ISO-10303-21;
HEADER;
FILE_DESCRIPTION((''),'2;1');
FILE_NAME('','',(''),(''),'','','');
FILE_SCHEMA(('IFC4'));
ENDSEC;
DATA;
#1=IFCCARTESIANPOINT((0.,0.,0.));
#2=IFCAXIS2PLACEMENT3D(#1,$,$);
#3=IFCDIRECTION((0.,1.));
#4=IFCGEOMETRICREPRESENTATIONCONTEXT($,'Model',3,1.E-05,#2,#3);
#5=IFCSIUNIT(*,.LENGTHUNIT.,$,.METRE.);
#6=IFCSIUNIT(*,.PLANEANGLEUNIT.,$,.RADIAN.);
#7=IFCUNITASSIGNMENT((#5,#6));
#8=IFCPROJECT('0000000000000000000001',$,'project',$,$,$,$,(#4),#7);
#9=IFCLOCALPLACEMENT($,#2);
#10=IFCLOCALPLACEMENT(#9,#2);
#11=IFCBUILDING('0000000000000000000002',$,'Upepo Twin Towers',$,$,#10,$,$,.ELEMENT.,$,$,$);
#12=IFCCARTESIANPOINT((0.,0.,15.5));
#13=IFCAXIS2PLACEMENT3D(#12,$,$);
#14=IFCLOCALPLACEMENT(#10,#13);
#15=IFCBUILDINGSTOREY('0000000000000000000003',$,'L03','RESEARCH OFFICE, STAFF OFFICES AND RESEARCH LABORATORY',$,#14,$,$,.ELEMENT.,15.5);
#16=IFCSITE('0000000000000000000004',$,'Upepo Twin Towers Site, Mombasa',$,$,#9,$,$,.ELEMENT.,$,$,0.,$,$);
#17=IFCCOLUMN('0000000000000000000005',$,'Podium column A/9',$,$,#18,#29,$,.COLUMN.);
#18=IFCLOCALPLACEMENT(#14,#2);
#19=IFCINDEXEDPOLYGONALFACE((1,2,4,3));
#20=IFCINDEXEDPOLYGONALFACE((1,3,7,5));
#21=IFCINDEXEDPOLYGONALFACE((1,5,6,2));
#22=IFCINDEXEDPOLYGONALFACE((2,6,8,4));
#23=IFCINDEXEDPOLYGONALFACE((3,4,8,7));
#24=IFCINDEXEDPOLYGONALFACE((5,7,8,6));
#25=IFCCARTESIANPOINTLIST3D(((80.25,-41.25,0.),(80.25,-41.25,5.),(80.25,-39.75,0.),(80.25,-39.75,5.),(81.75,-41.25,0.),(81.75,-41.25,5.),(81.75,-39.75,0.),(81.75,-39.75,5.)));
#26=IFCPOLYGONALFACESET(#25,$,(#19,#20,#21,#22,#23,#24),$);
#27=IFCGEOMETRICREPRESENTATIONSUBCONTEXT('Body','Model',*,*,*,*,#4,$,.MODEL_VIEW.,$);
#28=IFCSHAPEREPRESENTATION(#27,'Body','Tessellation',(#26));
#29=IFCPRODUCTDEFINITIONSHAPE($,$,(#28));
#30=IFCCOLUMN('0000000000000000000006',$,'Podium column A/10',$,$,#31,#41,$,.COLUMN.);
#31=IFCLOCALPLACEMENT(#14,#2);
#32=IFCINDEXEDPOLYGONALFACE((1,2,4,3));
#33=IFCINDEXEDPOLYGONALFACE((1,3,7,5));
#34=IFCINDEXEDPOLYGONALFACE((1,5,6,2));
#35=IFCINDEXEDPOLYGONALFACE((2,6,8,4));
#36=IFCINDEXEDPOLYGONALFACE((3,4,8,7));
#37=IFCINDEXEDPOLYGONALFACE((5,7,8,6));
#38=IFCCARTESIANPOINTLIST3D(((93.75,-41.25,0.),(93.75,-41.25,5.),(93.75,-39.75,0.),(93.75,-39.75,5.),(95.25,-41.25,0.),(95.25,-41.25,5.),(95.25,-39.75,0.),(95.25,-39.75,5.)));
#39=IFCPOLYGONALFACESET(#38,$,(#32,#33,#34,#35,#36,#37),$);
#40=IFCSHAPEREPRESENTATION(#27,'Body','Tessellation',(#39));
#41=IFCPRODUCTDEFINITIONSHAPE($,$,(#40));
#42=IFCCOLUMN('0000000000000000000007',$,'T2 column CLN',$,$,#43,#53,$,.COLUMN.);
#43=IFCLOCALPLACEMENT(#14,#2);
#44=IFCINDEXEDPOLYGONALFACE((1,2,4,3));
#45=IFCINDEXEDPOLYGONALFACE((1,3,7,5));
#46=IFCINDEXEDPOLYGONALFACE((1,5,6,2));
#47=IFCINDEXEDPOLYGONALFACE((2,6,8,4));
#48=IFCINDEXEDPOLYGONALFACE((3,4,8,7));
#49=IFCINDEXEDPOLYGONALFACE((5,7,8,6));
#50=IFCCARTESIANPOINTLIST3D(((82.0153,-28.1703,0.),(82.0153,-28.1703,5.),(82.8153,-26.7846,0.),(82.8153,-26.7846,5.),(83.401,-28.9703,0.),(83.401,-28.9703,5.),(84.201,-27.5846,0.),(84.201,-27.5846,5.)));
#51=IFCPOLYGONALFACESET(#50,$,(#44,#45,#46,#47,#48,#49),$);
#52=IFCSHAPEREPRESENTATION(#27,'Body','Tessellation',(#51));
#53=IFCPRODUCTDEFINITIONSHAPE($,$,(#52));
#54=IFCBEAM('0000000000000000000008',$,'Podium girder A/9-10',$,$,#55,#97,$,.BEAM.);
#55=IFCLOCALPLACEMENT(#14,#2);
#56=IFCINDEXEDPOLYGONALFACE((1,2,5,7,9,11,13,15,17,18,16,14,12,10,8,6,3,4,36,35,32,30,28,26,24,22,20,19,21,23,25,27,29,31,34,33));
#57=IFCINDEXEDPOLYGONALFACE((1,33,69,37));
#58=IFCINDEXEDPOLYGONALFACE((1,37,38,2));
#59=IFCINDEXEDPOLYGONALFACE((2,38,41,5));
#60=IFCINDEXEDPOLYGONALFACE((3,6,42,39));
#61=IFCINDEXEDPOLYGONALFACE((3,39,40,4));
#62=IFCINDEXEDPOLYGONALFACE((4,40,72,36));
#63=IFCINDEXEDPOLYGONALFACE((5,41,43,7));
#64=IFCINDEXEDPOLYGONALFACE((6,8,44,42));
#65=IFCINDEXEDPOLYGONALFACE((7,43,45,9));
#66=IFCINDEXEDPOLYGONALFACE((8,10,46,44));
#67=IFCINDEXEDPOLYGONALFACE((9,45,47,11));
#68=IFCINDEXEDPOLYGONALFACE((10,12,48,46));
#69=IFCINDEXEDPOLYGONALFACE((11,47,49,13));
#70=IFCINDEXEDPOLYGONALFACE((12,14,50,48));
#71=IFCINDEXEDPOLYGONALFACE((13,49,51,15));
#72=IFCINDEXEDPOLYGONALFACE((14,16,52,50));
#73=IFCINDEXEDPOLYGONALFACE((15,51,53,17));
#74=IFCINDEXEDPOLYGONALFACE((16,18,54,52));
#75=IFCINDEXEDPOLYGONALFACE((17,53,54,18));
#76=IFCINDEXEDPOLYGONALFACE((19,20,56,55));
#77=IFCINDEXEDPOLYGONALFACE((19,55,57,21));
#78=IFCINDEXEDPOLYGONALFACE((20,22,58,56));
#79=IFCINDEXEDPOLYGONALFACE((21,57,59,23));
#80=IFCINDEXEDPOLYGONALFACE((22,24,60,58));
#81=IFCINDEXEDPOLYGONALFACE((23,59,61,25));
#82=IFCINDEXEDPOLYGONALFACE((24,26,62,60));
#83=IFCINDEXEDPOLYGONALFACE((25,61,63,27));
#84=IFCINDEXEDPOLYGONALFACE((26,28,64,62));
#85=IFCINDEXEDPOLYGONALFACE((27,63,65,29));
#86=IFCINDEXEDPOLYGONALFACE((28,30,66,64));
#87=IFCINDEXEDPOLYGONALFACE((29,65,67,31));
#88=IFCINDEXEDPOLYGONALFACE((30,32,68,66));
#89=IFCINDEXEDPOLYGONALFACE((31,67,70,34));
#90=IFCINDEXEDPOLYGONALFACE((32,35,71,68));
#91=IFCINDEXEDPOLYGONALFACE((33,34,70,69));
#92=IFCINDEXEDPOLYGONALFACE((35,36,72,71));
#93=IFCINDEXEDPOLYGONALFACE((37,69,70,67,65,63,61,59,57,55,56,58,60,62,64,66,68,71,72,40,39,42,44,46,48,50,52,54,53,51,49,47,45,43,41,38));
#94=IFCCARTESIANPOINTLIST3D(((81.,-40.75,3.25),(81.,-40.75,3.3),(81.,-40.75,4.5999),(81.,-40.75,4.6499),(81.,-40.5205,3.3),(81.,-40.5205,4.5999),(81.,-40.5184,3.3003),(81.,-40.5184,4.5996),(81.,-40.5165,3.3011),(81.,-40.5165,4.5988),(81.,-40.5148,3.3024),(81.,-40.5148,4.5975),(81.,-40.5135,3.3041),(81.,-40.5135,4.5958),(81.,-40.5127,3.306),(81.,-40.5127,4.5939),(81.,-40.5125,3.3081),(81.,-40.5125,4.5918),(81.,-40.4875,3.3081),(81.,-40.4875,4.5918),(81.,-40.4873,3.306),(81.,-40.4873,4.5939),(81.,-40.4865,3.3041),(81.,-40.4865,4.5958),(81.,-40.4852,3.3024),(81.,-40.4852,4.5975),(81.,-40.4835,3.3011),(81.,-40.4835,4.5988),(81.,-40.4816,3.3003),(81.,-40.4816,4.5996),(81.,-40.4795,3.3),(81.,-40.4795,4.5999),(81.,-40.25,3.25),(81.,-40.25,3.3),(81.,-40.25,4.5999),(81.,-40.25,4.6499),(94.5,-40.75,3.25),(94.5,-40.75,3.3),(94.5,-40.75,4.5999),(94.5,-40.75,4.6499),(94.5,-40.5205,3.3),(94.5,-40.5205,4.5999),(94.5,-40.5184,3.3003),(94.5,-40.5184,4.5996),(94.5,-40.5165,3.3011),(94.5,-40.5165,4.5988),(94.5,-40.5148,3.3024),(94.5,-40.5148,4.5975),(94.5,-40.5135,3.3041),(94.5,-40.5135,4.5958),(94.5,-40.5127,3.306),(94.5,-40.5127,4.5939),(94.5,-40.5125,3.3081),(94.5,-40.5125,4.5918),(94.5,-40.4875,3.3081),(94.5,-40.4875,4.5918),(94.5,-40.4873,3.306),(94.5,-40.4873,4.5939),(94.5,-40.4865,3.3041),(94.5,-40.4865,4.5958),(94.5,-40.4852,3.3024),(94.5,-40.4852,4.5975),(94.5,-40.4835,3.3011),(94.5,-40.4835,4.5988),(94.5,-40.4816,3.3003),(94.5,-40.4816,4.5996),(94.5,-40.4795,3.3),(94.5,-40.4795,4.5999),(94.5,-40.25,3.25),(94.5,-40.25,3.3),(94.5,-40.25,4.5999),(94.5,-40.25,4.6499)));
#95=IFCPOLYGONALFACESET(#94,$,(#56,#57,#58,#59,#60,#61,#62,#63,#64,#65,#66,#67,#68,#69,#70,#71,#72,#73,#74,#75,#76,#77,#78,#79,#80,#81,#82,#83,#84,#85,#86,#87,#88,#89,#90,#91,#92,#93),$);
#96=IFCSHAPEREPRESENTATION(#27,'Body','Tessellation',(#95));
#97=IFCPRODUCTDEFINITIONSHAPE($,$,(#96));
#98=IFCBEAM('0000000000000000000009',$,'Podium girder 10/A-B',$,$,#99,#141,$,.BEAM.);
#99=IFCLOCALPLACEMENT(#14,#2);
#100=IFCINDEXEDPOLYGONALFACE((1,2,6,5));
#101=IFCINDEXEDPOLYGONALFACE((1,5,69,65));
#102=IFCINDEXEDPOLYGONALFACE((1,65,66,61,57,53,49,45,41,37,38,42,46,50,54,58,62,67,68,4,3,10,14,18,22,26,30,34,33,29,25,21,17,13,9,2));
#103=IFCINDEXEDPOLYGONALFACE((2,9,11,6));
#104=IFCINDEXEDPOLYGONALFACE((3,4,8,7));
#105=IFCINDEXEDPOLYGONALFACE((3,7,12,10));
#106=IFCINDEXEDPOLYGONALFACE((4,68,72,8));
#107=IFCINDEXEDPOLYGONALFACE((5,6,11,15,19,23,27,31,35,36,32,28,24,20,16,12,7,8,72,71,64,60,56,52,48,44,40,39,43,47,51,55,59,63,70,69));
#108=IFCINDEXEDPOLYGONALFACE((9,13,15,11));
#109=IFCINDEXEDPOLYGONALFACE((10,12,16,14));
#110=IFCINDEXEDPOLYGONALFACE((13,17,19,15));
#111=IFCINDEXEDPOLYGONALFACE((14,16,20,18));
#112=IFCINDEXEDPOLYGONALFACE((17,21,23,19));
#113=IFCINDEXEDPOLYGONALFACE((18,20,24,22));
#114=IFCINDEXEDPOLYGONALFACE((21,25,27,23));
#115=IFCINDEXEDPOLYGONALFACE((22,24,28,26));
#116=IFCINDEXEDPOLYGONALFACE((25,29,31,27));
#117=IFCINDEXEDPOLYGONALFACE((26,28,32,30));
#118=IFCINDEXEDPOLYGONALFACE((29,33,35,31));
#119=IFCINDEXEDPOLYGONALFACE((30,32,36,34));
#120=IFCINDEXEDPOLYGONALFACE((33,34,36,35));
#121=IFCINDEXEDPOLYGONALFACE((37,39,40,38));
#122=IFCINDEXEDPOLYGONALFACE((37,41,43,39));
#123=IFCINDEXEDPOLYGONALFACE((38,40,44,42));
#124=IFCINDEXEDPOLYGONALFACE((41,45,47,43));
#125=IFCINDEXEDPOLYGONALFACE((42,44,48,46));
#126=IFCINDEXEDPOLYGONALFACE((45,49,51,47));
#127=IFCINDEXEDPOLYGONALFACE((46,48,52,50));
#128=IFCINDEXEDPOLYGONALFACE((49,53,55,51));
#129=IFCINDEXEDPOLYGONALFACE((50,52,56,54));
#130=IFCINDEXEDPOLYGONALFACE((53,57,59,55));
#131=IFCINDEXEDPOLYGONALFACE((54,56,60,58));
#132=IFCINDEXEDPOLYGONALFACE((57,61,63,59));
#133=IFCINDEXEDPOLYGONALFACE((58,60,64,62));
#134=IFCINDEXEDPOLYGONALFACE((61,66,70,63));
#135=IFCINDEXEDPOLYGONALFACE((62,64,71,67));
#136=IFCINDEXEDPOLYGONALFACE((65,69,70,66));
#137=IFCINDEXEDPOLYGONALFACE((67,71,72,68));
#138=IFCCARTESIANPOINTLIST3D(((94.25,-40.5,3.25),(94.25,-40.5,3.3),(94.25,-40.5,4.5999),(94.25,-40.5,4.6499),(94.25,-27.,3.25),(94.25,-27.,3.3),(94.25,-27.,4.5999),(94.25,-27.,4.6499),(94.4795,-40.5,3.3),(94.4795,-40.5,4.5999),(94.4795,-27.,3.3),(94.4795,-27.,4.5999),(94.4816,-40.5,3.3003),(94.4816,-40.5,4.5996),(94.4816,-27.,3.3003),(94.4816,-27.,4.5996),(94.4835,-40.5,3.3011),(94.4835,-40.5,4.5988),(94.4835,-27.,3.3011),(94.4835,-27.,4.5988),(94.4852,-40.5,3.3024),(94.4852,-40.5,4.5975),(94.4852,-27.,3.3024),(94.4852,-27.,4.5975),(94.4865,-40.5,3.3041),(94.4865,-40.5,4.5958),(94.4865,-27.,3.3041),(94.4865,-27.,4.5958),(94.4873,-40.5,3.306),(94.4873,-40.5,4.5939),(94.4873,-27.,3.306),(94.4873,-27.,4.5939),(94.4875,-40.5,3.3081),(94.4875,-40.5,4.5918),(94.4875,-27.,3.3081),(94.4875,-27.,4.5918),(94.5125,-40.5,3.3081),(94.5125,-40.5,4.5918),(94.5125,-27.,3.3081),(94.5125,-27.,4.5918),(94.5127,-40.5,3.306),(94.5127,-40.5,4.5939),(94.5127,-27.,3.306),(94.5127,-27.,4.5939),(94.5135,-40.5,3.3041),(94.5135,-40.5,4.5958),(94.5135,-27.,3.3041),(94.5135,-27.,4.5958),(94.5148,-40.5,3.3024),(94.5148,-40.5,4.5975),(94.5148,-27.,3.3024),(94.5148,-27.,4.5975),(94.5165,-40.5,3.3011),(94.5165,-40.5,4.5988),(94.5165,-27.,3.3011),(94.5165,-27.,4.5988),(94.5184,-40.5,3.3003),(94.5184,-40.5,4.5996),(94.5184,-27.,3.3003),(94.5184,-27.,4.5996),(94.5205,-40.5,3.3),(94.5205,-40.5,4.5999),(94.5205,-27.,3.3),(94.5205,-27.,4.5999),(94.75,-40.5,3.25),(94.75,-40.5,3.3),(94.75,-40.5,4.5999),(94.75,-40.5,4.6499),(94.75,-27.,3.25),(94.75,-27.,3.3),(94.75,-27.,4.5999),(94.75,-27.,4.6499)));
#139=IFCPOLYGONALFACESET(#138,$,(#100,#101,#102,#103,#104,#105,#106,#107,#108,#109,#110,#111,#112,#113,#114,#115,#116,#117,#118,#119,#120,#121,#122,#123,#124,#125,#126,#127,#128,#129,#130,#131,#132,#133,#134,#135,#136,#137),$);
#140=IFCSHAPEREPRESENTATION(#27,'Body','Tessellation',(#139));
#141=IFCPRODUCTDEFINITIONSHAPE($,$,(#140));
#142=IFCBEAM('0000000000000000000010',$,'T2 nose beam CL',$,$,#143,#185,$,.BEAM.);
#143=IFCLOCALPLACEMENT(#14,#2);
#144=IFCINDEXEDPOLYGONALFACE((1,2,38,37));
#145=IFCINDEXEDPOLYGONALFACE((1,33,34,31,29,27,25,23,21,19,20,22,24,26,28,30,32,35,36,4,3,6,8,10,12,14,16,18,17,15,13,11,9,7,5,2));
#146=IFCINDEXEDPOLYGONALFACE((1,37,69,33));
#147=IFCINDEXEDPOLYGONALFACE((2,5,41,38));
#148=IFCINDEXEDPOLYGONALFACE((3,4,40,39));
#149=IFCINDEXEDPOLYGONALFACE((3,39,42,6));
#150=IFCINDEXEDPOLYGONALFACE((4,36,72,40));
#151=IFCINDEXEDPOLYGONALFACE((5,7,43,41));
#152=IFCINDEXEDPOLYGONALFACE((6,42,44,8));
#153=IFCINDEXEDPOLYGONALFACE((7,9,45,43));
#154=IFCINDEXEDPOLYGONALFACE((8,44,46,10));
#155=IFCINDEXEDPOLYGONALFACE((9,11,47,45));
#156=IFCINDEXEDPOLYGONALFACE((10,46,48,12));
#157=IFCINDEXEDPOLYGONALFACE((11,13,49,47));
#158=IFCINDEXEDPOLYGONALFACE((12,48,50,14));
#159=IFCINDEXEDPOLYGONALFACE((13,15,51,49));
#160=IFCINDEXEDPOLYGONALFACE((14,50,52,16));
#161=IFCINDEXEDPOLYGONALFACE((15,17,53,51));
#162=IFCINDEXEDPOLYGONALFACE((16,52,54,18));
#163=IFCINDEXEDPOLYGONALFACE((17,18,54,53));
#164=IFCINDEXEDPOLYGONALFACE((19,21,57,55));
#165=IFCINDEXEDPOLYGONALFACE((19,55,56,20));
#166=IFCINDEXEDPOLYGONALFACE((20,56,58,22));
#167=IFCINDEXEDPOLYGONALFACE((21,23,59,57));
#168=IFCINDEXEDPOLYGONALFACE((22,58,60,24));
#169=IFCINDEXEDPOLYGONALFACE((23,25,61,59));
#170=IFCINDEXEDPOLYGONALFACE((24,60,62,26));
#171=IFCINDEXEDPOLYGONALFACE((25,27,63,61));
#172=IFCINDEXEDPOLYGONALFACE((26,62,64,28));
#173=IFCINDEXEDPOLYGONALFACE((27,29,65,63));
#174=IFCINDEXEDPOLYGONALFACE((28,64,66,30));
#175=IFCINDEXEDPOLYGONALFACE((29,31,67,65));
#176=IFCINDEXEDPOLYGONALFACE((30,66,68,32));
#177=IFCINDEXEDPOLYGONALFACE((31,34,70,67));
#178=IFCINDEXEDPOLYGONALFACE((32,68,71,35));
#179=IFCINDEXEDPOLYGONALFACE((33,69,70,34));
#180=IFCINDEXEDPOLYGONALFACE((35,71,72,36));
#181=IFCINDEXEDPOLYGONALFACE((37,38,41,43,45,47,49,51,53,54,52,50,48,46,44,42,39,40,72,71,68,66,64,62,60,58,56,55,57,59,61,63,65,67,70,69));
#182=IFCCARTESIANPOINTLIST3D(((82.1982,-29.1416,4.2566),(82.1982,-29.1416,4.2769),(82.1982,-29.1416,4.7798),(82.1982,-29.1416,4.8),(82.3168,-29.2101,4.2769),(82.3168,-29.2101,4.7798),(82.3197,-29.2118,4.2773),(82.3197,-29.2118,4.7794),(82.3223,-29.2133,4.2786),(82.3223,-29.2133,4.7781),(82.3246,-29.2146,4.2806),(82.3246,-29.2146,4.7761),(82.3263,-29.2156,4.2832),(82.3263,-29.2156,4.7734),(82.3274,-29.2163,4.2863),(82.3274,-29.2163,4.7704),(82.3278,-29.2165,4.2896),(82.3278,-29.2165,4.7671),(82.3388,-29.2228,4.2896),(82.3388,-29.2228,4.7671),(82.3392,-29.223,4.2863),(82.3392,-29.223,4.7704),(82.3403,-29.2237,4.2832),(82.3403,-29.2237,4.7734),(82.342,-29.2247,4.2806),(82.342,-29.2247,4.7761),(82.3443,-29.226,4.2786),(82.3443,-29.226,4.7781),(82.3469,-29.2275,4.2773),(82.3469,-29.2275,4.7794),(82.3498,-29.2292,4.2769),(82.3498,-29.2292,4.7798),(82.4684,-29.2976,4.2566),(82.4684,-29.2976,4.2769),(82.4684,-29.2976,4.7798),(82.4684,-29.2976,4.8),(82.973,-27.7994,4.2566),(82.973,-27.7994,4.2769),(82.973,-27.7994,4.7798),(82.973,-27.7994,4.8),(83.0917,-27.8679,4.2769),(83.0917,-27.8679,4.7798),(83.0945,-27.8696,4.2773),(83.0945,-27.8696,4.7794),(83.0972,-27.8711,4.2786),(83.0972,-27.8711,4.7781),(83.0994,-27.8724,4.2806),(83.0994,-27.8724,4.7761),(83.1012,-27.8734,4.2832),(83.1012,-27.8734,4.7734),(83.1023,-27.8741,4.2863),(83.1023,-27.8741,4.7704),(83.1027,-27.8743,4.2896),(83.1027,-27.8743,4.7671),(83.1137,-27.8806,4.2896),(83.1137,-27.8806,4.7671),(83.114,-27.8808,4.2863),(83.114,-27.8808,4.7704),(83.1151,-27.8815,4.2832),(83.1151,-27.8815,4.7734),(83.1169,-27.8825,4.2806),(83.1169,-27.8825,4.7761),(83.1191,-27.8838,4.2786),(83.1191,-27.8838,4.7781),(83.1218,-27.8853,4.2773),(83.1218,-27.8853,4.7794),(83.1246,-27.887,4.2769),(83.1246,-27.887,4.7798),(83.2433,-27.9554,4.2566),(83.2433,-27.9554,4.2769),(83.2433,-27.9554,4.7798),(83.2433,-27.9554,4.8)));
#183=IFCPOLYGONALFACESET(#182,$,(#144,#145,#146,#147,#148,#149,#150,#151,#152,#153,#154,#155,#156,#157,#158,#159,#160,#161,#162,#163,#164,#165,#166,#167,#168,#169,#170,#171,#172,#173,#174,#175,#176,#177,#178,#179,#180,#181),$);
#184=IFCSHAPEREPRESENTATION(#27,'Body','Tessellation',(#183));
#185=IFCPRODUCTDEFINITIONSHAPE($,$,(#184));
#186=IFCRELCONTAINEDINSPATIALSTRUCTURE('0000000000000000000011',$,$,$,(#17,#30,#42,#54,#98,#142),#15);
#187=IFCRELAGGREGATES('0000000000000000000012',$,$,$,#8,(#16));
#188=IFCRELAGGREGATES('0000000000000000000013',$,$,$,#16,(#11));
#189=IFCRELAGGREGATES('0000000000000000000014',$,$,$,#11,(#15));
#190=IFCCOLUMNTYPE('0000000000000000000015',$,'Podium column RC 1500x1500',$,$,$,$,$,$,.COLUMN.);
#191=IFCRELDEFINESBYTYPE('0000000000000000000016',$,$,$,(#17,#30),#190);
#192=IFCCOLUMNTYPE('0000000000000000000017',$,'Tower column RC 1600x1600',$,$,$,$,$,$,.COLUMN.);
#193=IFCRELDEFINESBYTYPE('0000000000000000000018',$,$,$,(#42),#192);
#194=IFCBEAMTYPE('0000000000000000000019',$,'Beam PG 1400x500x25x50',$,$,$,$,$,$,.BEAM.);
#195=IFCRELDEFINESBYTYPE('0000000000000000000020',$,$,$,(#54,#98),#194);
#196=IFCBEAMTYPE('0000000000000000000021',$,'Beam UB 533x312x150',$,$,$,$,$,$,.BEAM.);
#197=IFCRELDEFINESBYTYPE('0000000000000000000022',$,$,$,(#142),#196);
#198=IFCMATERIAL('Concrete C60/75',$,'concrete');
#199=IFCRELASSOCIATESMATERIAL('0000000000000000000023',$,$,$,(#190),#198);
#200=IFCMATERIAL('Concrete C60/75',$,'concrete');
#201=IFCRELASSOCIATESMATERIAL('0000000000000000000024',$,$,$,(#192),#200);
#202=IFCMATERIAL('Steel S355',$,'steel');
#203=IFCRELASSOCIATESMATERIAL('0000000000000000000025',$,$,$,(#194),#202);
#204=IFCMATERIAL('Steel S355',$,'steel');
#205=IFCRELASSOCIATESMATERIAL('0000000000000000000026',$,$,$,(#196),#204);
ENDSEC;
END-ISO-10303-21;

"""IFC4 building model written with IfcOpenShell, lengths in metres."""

from ifc_helpers import new_model, si_unit, direction, frame, origin, origin_2d, place, context, subcontext, project, spatial, rectangle, i_section, extrude, material, material_profile, profile_set, type_object, element, save


model = new_model("IFC4")

# Units and contexts
model_context = context("Model", 3, precision=1e-05, world=origin(), true_north=direction((0.0, 1.0)))
body_context = subcontext(model_context, "Body", "Model", "MODEL_VIEW")
ifc_project = project(units=[si_unit("LENGTHUNIT", "METRE"), si_unit("PLANEANGLEUNIT", "RADIAN")], contexts=[model_context])

# Site, building, storey
site_placement = place(None, origin())
site = spatial("IfcSite", under=ifc_project, at=site_placement, Name="Upepo Twin Towers Site, Mombasa", CompositionType="ELEMENT", RefElevation=0.0)
building_placement = place(site_placement, origin())
building = spatial("IfcBuilding", under=site, at=building_placement, Name="Upepo Twin Towers", CompositionType="ELEMENT")
storey_placement = place(building_placement, frame((0.0, 0.0, 15.5)))
storey = spatial("IfcBuildingStorey", under=building, at=storey_placement, Name="L03", Description="RESEARCH OFFICE, STAFF OFFICES AND RESEARCH LABORATORY", CompositionType="ELEMENT", Elevation=15.5)

# Columns
ifc_material_1 = material(Name="Concrete C60/75", Category="concrete")
ifc_material_profile_1 = material_profile(ifc_material_1, rectangle(XDim=1.5, YDim=1.5, at=origin_2d()), Name="RC 1500x1500")
ifc_profile_set_1 = profile_set([ifc_material_profile_1], Name="Concrete C60/75")
column_type_1 = type_object("IfcColumnType", Name="Podium column RC 1500x1500", PredefinedType="COLUMN", material=ifc_profile_set_1)
for number, where, z_axis, x_axis, name in (
    (1, (81.0, -40.5, 0.0), (0.0, 0.0, 1.0), (1.0, 0.0, 0.0), "Podium column A/9"),
    (2, (94.5, -40.5, 0.0), (0.0, 0.0, 1.0), (1.0, 0.0, 0.0), "Podium column A/10"),
):
    element("IfcColumn", number, at=place(storey_placement, frame(where, z_axis=z_axis, x_axis=x_axis)), inside=storey, type_object=column_type_1, Name=name, PredefinedType="COLUMN", context=body_context, shape_type="SweptSolid", body=[
        extrude(rectangle(XDim=1.5, YDim=1.5, at=origin_2d()), origin(), (0.0, 0.0, 1.0), 5.0),
    ])
ifc_material_2 = material(Name="Concrete C60/75", Category="concrete")
ifc_material_profile_2 = material_profile(ifc_material_2, rectangle(XDim=1.6001, YDim=1.6001, at=origin_2d()), Name="RC 1600x1600")
ifc_profile_set_2 = profile_set([ifc_material_profile_2], Name="Concrete C60/75")
column_type_2 = type_object("IfcColumnType", Name="Tower column RC 1600x1600", PredefinedType="COLUMN", material=ifc_profile_set_2)
column_placement = place(storey_placement, frame((83.1082, -27.8774, 0.0), z_axis=(0.0, 0.0, 1.0), x_axis=(0.5, 0.866025, 0.0)))
element("IfcColumn", 3, at=column_placement, inside=storey, type_object=column_type_2, Name="T2 column CLN", PredefinedType="COLUMN", context=body_context, shape_type="SweptSolid", body=[
    extrude(rectangle(XDim=1.6001, YDim=1.6001, at=origin_2d()), origin(), (0.0, 0.0, 1.0), 5.0),
])

# Beams
ifc_material_3 = material(Name="Steel S355", Category="steel")
ifc_material_profile_3 = material_profile(ifc_material_3, i_section(OverallWidth=0.5, OverallDepth=1.3999, WebThickness=0.0249, FlangeThickness=0.05, FilletRadius=0.0081, at=origin_2d()), Name="PG 1400x500x25x50")
ifc_profile_set_3 = profile_set([ifc_material_profile_3], Name="Steel S355")
beam_type_1 = type_object("IfcBeamType", Name="Beam PG 1400x500x25x50", PredefinedType="BEAM", material=ifc_profile_set_3)
for number, where, z_axis, x_axis, name in (
    (4, (81.0, -40.5, 3.95), (1.0, 0.0, 0.0), (0.0, 1.0, 0.0), "Podium girder A/9-10"),
    (5, (94.5, -40.5, 3.95), (0.0, 1.0, 0.0), (-1.0, 0.0, 0.0), "Podium girder 10/A-B"),
):
    element("IfcBeam", number, at=place(storey_placement, frame(where, z_axis=z_axis, x_axis=x_axis)), inside=storey, type_object=beam_type_1, Name=name, PredefinedType="BEAM", context=body_context, shape_type="SweptSolid", body=[
        extrude(i_section(OverallWidth=0.5, OverallDepth=1.3999, WebThickness=0.0249, FlangeThickness=0.05, FilletRadius=0.0081, at=origin_2d()), origin(), (0.0, 0.0, 1.0), 13.5),
    ])
ifc_material_4 = material(Name="Steel S355", Category="steel")
ifc_material_profile_4 = material_profile(ifc_material_4, i_section(OverallWidth=0.312, OverallDepth=0.5435, WebThickness=0.0127, FlangeThickness=0.0203, FilletRadius=0.0127, at=origin_2d()), Name="UB 533x312x150")
ifc_profile_set_4 = profile_set([ifc_material_profile_4], Name="Steel S355")
beam_type_2 = type_object("IfcBeamType", Name="Beam UB 533x312x150", PredefinedType="BEAM", material=ifc_profile_set_4)
beam_placement = place(storey_placement, frame((83.1082, -27.8774, 4.5283), z_axis=(-0.499968, -0.866044, 0.0), x_axis=(0.866044, -0.499968, 0.0)))
element("IfcBeam", 6, at=beam_placement, inside=storey, type_object=beam_type_2, Name="T2 nose beam CL", PredefinedType="BEAM", context=body_context, shape_type="SweptSolid", body=[
    extrude(i_section(OverallWidth=0.312, OverallDepth=0.5435, WebThickness=0.0127, FlangeThickness=0.0203, FilletRadius=0.0127, at=origin_2d()), origin(), (0.0, 0.0, 1.0), 1.5498),
])

save(model, "model.ifc")
